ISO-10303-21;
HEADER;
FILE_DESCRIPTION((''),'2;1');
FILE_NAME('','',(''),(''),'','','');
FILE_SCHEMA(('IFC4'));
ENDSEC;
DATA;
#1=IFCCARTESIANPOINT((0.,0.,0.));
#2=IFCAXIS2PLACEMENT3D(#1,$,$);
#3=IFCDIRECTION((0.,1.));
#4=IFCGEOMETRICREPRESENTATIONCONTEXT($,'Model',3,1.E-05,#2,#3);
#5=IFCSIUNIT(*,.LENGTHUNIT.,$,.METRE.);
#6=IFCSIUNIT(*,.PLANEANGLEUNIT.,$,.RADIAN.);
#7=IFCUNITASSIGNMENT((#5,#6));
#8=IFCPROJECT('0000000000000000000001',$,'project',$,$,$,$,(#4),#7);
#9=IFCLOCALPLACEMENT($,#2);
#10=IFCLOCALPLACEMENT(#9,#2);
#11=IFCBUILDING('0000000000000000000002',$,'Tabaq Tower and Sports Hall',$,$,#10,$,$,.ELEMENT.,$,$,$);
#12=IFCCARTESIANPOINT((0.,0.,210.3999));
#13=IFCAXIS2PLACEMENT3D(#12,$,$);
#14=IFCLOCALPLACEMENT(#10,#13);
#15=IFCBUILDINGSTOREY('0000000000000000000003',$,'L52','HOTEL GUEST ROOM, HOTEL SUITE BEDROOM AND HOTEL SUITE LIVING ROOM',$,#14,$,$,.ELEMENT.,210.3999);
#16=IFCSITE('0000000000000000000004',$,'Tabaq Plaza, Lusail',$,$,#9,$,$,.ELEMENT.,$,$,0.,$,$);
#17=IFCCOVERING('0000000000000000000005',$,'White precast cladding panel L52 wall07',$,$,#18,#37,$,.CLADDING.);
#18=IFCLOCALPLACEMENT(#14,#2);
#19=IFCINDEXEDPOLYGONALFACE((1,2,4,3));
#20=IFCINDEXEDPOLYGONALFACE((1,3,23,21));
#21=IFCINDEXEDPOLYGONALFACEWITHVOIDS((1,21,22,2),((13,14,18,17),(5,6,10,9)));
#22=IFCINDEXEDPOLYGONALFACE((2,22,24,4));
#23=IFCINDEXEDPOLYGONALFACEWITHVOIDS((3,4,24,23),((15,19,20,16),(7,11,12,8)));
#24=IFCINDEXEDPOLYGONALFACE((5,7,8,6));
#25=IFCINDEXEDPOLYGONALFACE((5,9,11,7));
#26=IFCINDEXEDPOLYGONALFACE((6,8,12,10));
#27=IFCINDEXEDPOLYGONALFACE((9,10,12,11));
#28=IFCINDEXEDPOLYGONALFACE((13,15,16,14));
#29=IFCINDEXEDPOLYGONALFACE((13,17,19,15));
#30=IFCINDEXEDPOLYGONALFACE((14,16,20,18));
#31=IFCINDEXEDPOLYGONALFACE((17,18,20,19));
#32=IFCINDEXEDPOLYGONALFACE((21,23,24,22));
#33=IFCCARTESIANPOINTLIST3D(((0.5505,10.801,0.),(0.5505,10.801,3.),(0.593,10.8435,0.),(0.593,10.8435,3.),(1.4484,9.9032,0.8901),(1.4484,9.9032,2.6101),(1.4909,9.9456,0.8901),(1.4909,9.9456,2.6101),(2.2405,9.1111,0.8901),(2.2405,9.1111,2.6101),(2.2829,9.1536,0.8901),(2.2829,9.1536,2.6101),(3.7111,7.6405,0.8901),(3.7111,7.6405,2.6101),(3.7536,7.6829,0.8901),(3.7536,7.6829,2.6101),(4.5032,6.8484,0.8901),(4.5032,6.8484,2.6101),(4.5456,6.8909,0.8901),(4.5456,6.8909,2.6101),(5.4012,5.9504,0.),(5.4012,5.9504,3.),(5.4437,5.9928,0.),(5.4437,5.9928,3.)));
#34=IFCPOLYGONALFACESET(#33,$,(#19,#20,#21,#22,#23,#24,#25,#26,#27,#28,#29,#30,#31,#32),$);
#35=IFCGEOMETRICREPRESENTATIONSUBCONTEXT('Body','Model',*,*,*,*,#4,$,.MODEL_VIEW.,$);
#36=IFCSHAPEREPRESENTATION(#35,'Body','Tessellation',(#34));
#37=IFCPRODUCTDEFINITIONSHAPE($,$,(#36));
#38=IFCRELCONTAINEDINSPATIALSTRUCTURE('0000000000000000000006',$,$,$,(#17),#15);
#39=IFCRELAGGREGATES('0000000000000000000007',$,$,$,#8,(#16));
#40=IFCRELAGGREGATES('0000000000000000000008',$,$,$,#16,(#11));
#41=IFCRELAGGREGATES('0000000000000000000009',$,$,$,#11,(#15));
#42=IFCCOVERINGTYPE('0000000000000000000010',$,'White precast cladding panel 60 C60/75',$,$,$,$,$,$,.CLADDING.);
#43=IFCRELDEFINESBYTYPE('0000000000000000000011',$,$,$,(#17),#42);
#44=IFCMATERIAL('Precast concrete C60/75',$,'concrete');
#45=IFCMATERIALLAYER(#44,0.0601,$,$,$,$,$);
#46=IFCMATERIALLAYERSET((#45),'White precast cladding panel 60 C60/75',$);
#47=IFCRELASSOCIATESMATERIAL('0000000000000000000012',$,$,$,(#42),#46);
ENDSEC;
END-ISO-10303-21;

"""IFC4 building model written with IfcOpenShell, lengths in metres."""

from ifc_helpers import new_model, si_unit, direction, frame, origin, place, context, subcontext, project, spatial, polyline, outline, extrude, material, layer, layer_set, type_object, element, save


model = new_model("IFC4")

# Units and contexts
model_context = context("Model", 3, precision=1e-05, world=origin(), true_north=direction((0.0, 1.0)))
body_context = subcontext(model_context, "Body", "Model", "MODEL_VIEW")
ifc_project = project(units=[si_unit("LENGTHUNIT", "METRE"), si_unit("PLANEANGLEUNIT", "RADIAN")], contexts=[model_context])

# Site, building, storey
site_placement = place(None, origin())
site = spatial("IfcSite", under=ifc_project, at=site_placement, Name="Tabaq Plaza, Lusail", CompositionType="ELEMENT", RefElevation=0.0)
building_placement = place(site_placement, origin())
building = spatial("IfcBuilding", under=site, at=building_placement, Name="Tabaq Tower and Sports Hall", CompositionType="ELEMENT")
storey_placement = place(building_placement, frame((0.0, 0.0, 210.3999)))
storey = spatial("IfcBuildingStorey", under=building, at=storey_placement, Name="L52", Description="HOTEL GUEST ROOM, HOTEL SUITE BEDROOM AND HOTEL SUITE LIVING ROOM", CompositionType="ELEMENT", Elevation=210.3999)

# Covering
ifc_material_1 = material(Name="Precast concrete C60/75", Category="concrete")
ifc_layer_1 = layer(ifc_material_1, 0.0601)
ifc_layer_set_1 = layer_set([ifc_layer_1], Name="White precast cladding panel 60 C60/75")
covering_type_1 = type_object("IfcCoveringType", Name="White precast cladding panel 60 C60/75", PredefinedType="CLADDING", material=ifc_layer_set_1)
covering_1_placement = place(storey_placement, frame((0.5718, 10.8223, 0.0), z_axis=(0.0, 0.0, 1.0), x_axis=(0.707107, -0.707107, 0.0)))
element("IfcCovering", 1, at=covering_1_placement, inside=storey, type_object=covering_type_1, Name="White precast cladding panel L52 wall07", PredefinedType="CLADDING", context=body_context, shape_type="SweptSolid", body=[
    extrude(outline(polyline([(0.0, 0.0), (6.8599, 0.0), (6.8599, 3.0), (0.0, 3.0), (0.0, 0.0)]), holes=[polyline([(1.2698, 2.6101), (2.3899, 2.6101), (2.3899, 0.8901), (1.2698, 0.8901), (1.2698, 2.6101)]), polyline([(4.4697, 2.6101), (5.5898, 2.6101), (5.5898, 0.8901), (4.4697, 0.8901), (4.4697, 2.6101)])]), frame((0.0, 0.03, 0.0), z_axis=(0.0, -1.0, 0.0), x_axis=(1.0, 0.0, 0.0)), (0.0, 0.0, 1.0), 0.0601),
])

save(model, "model.ifc")
